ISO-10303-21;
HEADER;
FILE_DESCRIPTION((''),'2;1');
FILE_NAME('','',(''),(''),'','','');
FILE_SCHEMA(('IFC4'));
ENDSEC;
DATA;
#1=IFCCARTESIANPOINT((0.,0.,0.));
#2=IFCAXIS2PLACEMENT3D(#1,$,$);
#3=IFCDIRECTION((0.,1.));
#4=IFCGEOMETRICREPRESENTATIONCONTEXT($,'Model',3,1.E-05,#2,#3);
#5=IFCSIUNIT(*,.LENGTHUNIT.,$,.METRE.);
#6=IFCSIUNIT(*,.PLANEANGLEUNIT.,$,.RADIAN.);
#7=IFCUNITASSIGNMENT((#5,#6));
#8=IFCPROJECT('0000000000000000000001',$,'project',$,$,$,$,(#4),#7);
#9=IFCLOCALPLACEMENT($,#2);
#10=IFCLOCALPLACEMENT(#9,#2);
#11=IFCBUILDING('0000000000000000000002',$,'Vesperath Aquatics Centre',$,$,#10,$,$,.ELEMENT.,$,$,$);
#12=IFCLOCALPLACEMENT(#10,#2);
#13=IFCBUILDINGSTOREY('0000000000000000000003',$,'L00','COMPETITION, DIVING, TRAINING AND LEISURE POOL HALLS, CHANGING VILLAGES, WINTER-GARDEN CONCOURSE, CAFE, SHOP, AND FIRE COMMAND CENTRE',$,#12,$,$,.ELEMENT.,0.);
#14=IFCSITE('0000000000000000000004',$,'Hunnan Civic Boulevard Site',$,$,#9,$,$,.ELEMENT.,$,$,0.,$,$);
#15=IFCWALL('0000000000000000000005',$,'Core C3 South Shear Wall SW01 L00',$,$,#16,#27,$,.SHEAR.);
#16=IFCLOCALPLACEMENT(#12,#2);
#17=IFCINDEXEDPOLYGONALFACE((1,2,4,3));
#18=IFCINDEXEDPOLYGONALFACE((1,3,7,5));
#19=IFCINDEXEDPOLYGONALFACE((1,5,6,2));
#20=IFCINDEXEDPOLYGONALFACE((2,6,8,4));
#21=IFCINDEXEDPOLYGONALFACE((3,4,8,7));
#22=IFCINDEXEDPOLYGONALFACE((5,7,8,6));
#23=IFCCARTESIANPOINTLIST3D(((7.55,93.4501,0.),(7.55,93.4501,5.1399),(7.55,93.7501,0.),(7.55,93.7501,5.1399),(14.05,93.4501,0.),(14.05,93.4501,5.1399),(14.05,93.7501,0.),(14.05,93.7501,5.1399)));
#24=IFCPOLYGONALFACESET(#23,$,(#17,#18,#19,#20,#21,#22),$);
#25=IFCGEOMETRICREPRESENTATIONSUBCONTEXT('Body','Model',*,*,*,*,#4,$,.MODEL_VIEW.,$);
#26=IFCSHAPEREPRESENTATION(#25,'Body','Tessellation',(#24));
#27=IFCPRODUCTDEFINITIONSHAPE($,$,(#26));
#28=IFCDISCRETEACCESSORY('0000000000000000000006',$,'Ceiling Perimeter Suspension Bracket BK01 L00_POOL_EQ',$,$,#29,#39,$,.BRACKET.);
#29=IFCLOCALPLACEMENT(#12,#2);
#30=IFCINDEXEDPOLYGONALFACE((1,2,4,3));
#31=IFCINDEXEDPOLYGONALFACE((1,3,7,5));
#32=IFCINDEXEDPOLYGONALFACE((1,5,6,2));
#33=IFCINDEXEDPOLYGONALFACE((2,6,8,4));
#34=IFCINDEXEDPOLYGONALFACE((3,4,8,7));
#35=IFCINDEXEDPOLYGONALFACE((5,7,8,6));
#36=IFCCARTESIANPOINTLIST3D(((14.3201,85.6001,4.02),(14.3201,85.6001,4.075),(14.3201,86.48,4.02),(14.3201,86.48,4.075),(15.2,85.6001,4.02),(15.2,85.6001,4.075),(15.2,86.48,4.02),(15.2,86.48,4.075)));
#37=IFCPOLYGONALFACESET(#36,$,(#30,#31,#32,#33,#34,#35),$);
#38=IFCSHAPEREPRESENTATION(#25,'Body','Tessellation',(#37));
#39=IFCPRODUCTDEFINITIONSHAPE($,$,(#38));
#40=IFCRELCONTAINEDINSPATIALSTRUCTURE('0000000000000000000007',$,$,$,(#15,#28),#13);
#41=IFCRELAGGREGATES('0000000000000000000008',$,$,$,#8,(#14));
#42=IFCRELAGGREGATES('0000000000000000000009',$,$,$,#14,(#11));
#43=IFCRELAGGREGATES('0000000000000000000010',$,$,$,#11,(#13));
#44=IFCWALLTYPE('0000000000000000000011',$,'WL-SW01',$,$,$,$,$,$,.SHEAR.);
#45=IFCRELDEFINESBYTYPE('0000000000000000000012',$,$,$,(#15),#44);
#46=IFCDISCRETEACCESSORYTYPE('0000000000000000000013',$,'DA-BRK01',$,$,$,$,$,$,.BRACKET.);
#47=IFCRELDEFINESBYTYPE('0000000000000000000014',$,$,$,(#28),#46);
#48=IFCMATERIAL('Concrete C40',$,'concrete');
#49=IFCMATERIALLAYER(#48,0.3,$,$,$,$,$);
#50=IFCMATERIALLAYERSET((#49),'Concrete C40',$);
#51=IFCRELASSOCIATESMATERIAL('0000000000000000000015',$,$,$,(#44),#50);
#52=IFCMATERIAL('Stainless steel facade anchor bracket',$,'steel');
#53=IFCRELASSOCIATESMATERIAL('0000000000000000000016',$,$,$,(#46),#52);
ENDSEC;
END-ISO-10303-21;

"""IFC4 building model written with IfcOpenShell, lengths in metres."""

from ifc_helpers import new_model, si_unit, direction, frame, frame_2d, origin, origin_2d, place, context, subcontext, project, spatial, rectangle, extrude, material, layer, layer_set, type_object, element, save


model = new_model("IFC4")

# Units and contexts
model_context = context("Model", 3, precision=1e-05, world=origin(), true_north=direction((0.0, 1.0)))
body_context = subcontext(model_context, "Body", "Model", "MODEL_VIEW")
ifc_project = project(units=[si_unit("LENGTHUNIT", "METRE"), si_unit("PLANEANGLEUNIT", "RADIAN")], contexts=[model_context])

# Site, building, storey
site_placement = place(None, origin())
site = spatial("IfcSite", under=ifc_project, at=site_placement, Name="Hunnan Civic Boulevard Site", CompositionType="ELEMENT", RefElevation=0.0)
building_placement = place(site_placement, origin())
building = spatial("IfcBuilding", under=site, at=building_placement, Name="Vesperath Aquatics Centre", CompositionType="ELEMENT")
storey_placement = place(building_placement, origin())
storey = spatial("IfcBuildingStorey", under=building, at=storey_placement, Name="L00", Description="COMPETITION, DIVING, TRAINING AND LEISURE POOL HALLS, CHANGING VILLAGES, WINTER-GARDEN CONCOURSE, CAFE, SHOP, AND FIRE COMMAND CENTRE", CompositionType="ELEMENT", Elevation=0.0)

# Shared definitions
ifc_material_1 = material(Name="Concrete C40", Category="concrete")

# Wall
ifc_layer_1 = layer(ifc_material_1, 0.3)
ifc_layer_set_1 = layer_set([ifc_layer_1], Name="Concrete C40")
wall_type_1 = type_object("IfcWallType", Name="WL-SW01", PredefinedType="SHEAR", material=ifc_layer_set_1)
wall_1_placement = place(storey_placement, frame((7.55, 93.6001, 0.0), z_axis=(0.0, 0.0, 1.0), x_axis=(1.0, 0.0, 0.0)))
element("IfcWall", 1, at=wall_1_placement, inside=storey, type_object=wall_type_1, Name="Core C3 South Shear Wall SW01 L00", PredefinedType="SHEAR", context=body_context, shape_type="SweptSolid", body=[
    extrude(rectangle(XDim=6.5, YDim=0.3, at=frame_2d((3.25, 0.0))), origin(), (0.0, 0.0, 1.0), 5.1399),
])

# Discrete accessory
ifc_material_2 = material(Name="Stainless steel facade anchor bracket", Category="steel")
discrete_accessory_type = type_object("IfcDiscreteAccessoryType", Name="DA-BRK01", PredefinedType="BRACKET", material=ifc_material_2)
discrete_accessory_placement = place(storey_placement, frame((14.76, 86.04, 4.02), z_axis=(0.0, 0.0, 1.0), x_axis=(1.0, 0.0, 0.0)))
element("IfcDiscreteAccessory", 2, at=discrete_accessory_placement, inside=storey, type_object=discrete_accessory_type, Name="Ceiling Perimeter Suspension Bracket BK01 L00_POOL_EQ", PredefinedType="BRACKET", context=body_context, shape_type="SweptSolid", body=[
    extrude(rectangle(XDim=0.8799, YDim=0.8799, at=origin_2d()), origin(), (0.0, 0.0, 1.0), 0.0549),
])

save(model, "model.ifc")
